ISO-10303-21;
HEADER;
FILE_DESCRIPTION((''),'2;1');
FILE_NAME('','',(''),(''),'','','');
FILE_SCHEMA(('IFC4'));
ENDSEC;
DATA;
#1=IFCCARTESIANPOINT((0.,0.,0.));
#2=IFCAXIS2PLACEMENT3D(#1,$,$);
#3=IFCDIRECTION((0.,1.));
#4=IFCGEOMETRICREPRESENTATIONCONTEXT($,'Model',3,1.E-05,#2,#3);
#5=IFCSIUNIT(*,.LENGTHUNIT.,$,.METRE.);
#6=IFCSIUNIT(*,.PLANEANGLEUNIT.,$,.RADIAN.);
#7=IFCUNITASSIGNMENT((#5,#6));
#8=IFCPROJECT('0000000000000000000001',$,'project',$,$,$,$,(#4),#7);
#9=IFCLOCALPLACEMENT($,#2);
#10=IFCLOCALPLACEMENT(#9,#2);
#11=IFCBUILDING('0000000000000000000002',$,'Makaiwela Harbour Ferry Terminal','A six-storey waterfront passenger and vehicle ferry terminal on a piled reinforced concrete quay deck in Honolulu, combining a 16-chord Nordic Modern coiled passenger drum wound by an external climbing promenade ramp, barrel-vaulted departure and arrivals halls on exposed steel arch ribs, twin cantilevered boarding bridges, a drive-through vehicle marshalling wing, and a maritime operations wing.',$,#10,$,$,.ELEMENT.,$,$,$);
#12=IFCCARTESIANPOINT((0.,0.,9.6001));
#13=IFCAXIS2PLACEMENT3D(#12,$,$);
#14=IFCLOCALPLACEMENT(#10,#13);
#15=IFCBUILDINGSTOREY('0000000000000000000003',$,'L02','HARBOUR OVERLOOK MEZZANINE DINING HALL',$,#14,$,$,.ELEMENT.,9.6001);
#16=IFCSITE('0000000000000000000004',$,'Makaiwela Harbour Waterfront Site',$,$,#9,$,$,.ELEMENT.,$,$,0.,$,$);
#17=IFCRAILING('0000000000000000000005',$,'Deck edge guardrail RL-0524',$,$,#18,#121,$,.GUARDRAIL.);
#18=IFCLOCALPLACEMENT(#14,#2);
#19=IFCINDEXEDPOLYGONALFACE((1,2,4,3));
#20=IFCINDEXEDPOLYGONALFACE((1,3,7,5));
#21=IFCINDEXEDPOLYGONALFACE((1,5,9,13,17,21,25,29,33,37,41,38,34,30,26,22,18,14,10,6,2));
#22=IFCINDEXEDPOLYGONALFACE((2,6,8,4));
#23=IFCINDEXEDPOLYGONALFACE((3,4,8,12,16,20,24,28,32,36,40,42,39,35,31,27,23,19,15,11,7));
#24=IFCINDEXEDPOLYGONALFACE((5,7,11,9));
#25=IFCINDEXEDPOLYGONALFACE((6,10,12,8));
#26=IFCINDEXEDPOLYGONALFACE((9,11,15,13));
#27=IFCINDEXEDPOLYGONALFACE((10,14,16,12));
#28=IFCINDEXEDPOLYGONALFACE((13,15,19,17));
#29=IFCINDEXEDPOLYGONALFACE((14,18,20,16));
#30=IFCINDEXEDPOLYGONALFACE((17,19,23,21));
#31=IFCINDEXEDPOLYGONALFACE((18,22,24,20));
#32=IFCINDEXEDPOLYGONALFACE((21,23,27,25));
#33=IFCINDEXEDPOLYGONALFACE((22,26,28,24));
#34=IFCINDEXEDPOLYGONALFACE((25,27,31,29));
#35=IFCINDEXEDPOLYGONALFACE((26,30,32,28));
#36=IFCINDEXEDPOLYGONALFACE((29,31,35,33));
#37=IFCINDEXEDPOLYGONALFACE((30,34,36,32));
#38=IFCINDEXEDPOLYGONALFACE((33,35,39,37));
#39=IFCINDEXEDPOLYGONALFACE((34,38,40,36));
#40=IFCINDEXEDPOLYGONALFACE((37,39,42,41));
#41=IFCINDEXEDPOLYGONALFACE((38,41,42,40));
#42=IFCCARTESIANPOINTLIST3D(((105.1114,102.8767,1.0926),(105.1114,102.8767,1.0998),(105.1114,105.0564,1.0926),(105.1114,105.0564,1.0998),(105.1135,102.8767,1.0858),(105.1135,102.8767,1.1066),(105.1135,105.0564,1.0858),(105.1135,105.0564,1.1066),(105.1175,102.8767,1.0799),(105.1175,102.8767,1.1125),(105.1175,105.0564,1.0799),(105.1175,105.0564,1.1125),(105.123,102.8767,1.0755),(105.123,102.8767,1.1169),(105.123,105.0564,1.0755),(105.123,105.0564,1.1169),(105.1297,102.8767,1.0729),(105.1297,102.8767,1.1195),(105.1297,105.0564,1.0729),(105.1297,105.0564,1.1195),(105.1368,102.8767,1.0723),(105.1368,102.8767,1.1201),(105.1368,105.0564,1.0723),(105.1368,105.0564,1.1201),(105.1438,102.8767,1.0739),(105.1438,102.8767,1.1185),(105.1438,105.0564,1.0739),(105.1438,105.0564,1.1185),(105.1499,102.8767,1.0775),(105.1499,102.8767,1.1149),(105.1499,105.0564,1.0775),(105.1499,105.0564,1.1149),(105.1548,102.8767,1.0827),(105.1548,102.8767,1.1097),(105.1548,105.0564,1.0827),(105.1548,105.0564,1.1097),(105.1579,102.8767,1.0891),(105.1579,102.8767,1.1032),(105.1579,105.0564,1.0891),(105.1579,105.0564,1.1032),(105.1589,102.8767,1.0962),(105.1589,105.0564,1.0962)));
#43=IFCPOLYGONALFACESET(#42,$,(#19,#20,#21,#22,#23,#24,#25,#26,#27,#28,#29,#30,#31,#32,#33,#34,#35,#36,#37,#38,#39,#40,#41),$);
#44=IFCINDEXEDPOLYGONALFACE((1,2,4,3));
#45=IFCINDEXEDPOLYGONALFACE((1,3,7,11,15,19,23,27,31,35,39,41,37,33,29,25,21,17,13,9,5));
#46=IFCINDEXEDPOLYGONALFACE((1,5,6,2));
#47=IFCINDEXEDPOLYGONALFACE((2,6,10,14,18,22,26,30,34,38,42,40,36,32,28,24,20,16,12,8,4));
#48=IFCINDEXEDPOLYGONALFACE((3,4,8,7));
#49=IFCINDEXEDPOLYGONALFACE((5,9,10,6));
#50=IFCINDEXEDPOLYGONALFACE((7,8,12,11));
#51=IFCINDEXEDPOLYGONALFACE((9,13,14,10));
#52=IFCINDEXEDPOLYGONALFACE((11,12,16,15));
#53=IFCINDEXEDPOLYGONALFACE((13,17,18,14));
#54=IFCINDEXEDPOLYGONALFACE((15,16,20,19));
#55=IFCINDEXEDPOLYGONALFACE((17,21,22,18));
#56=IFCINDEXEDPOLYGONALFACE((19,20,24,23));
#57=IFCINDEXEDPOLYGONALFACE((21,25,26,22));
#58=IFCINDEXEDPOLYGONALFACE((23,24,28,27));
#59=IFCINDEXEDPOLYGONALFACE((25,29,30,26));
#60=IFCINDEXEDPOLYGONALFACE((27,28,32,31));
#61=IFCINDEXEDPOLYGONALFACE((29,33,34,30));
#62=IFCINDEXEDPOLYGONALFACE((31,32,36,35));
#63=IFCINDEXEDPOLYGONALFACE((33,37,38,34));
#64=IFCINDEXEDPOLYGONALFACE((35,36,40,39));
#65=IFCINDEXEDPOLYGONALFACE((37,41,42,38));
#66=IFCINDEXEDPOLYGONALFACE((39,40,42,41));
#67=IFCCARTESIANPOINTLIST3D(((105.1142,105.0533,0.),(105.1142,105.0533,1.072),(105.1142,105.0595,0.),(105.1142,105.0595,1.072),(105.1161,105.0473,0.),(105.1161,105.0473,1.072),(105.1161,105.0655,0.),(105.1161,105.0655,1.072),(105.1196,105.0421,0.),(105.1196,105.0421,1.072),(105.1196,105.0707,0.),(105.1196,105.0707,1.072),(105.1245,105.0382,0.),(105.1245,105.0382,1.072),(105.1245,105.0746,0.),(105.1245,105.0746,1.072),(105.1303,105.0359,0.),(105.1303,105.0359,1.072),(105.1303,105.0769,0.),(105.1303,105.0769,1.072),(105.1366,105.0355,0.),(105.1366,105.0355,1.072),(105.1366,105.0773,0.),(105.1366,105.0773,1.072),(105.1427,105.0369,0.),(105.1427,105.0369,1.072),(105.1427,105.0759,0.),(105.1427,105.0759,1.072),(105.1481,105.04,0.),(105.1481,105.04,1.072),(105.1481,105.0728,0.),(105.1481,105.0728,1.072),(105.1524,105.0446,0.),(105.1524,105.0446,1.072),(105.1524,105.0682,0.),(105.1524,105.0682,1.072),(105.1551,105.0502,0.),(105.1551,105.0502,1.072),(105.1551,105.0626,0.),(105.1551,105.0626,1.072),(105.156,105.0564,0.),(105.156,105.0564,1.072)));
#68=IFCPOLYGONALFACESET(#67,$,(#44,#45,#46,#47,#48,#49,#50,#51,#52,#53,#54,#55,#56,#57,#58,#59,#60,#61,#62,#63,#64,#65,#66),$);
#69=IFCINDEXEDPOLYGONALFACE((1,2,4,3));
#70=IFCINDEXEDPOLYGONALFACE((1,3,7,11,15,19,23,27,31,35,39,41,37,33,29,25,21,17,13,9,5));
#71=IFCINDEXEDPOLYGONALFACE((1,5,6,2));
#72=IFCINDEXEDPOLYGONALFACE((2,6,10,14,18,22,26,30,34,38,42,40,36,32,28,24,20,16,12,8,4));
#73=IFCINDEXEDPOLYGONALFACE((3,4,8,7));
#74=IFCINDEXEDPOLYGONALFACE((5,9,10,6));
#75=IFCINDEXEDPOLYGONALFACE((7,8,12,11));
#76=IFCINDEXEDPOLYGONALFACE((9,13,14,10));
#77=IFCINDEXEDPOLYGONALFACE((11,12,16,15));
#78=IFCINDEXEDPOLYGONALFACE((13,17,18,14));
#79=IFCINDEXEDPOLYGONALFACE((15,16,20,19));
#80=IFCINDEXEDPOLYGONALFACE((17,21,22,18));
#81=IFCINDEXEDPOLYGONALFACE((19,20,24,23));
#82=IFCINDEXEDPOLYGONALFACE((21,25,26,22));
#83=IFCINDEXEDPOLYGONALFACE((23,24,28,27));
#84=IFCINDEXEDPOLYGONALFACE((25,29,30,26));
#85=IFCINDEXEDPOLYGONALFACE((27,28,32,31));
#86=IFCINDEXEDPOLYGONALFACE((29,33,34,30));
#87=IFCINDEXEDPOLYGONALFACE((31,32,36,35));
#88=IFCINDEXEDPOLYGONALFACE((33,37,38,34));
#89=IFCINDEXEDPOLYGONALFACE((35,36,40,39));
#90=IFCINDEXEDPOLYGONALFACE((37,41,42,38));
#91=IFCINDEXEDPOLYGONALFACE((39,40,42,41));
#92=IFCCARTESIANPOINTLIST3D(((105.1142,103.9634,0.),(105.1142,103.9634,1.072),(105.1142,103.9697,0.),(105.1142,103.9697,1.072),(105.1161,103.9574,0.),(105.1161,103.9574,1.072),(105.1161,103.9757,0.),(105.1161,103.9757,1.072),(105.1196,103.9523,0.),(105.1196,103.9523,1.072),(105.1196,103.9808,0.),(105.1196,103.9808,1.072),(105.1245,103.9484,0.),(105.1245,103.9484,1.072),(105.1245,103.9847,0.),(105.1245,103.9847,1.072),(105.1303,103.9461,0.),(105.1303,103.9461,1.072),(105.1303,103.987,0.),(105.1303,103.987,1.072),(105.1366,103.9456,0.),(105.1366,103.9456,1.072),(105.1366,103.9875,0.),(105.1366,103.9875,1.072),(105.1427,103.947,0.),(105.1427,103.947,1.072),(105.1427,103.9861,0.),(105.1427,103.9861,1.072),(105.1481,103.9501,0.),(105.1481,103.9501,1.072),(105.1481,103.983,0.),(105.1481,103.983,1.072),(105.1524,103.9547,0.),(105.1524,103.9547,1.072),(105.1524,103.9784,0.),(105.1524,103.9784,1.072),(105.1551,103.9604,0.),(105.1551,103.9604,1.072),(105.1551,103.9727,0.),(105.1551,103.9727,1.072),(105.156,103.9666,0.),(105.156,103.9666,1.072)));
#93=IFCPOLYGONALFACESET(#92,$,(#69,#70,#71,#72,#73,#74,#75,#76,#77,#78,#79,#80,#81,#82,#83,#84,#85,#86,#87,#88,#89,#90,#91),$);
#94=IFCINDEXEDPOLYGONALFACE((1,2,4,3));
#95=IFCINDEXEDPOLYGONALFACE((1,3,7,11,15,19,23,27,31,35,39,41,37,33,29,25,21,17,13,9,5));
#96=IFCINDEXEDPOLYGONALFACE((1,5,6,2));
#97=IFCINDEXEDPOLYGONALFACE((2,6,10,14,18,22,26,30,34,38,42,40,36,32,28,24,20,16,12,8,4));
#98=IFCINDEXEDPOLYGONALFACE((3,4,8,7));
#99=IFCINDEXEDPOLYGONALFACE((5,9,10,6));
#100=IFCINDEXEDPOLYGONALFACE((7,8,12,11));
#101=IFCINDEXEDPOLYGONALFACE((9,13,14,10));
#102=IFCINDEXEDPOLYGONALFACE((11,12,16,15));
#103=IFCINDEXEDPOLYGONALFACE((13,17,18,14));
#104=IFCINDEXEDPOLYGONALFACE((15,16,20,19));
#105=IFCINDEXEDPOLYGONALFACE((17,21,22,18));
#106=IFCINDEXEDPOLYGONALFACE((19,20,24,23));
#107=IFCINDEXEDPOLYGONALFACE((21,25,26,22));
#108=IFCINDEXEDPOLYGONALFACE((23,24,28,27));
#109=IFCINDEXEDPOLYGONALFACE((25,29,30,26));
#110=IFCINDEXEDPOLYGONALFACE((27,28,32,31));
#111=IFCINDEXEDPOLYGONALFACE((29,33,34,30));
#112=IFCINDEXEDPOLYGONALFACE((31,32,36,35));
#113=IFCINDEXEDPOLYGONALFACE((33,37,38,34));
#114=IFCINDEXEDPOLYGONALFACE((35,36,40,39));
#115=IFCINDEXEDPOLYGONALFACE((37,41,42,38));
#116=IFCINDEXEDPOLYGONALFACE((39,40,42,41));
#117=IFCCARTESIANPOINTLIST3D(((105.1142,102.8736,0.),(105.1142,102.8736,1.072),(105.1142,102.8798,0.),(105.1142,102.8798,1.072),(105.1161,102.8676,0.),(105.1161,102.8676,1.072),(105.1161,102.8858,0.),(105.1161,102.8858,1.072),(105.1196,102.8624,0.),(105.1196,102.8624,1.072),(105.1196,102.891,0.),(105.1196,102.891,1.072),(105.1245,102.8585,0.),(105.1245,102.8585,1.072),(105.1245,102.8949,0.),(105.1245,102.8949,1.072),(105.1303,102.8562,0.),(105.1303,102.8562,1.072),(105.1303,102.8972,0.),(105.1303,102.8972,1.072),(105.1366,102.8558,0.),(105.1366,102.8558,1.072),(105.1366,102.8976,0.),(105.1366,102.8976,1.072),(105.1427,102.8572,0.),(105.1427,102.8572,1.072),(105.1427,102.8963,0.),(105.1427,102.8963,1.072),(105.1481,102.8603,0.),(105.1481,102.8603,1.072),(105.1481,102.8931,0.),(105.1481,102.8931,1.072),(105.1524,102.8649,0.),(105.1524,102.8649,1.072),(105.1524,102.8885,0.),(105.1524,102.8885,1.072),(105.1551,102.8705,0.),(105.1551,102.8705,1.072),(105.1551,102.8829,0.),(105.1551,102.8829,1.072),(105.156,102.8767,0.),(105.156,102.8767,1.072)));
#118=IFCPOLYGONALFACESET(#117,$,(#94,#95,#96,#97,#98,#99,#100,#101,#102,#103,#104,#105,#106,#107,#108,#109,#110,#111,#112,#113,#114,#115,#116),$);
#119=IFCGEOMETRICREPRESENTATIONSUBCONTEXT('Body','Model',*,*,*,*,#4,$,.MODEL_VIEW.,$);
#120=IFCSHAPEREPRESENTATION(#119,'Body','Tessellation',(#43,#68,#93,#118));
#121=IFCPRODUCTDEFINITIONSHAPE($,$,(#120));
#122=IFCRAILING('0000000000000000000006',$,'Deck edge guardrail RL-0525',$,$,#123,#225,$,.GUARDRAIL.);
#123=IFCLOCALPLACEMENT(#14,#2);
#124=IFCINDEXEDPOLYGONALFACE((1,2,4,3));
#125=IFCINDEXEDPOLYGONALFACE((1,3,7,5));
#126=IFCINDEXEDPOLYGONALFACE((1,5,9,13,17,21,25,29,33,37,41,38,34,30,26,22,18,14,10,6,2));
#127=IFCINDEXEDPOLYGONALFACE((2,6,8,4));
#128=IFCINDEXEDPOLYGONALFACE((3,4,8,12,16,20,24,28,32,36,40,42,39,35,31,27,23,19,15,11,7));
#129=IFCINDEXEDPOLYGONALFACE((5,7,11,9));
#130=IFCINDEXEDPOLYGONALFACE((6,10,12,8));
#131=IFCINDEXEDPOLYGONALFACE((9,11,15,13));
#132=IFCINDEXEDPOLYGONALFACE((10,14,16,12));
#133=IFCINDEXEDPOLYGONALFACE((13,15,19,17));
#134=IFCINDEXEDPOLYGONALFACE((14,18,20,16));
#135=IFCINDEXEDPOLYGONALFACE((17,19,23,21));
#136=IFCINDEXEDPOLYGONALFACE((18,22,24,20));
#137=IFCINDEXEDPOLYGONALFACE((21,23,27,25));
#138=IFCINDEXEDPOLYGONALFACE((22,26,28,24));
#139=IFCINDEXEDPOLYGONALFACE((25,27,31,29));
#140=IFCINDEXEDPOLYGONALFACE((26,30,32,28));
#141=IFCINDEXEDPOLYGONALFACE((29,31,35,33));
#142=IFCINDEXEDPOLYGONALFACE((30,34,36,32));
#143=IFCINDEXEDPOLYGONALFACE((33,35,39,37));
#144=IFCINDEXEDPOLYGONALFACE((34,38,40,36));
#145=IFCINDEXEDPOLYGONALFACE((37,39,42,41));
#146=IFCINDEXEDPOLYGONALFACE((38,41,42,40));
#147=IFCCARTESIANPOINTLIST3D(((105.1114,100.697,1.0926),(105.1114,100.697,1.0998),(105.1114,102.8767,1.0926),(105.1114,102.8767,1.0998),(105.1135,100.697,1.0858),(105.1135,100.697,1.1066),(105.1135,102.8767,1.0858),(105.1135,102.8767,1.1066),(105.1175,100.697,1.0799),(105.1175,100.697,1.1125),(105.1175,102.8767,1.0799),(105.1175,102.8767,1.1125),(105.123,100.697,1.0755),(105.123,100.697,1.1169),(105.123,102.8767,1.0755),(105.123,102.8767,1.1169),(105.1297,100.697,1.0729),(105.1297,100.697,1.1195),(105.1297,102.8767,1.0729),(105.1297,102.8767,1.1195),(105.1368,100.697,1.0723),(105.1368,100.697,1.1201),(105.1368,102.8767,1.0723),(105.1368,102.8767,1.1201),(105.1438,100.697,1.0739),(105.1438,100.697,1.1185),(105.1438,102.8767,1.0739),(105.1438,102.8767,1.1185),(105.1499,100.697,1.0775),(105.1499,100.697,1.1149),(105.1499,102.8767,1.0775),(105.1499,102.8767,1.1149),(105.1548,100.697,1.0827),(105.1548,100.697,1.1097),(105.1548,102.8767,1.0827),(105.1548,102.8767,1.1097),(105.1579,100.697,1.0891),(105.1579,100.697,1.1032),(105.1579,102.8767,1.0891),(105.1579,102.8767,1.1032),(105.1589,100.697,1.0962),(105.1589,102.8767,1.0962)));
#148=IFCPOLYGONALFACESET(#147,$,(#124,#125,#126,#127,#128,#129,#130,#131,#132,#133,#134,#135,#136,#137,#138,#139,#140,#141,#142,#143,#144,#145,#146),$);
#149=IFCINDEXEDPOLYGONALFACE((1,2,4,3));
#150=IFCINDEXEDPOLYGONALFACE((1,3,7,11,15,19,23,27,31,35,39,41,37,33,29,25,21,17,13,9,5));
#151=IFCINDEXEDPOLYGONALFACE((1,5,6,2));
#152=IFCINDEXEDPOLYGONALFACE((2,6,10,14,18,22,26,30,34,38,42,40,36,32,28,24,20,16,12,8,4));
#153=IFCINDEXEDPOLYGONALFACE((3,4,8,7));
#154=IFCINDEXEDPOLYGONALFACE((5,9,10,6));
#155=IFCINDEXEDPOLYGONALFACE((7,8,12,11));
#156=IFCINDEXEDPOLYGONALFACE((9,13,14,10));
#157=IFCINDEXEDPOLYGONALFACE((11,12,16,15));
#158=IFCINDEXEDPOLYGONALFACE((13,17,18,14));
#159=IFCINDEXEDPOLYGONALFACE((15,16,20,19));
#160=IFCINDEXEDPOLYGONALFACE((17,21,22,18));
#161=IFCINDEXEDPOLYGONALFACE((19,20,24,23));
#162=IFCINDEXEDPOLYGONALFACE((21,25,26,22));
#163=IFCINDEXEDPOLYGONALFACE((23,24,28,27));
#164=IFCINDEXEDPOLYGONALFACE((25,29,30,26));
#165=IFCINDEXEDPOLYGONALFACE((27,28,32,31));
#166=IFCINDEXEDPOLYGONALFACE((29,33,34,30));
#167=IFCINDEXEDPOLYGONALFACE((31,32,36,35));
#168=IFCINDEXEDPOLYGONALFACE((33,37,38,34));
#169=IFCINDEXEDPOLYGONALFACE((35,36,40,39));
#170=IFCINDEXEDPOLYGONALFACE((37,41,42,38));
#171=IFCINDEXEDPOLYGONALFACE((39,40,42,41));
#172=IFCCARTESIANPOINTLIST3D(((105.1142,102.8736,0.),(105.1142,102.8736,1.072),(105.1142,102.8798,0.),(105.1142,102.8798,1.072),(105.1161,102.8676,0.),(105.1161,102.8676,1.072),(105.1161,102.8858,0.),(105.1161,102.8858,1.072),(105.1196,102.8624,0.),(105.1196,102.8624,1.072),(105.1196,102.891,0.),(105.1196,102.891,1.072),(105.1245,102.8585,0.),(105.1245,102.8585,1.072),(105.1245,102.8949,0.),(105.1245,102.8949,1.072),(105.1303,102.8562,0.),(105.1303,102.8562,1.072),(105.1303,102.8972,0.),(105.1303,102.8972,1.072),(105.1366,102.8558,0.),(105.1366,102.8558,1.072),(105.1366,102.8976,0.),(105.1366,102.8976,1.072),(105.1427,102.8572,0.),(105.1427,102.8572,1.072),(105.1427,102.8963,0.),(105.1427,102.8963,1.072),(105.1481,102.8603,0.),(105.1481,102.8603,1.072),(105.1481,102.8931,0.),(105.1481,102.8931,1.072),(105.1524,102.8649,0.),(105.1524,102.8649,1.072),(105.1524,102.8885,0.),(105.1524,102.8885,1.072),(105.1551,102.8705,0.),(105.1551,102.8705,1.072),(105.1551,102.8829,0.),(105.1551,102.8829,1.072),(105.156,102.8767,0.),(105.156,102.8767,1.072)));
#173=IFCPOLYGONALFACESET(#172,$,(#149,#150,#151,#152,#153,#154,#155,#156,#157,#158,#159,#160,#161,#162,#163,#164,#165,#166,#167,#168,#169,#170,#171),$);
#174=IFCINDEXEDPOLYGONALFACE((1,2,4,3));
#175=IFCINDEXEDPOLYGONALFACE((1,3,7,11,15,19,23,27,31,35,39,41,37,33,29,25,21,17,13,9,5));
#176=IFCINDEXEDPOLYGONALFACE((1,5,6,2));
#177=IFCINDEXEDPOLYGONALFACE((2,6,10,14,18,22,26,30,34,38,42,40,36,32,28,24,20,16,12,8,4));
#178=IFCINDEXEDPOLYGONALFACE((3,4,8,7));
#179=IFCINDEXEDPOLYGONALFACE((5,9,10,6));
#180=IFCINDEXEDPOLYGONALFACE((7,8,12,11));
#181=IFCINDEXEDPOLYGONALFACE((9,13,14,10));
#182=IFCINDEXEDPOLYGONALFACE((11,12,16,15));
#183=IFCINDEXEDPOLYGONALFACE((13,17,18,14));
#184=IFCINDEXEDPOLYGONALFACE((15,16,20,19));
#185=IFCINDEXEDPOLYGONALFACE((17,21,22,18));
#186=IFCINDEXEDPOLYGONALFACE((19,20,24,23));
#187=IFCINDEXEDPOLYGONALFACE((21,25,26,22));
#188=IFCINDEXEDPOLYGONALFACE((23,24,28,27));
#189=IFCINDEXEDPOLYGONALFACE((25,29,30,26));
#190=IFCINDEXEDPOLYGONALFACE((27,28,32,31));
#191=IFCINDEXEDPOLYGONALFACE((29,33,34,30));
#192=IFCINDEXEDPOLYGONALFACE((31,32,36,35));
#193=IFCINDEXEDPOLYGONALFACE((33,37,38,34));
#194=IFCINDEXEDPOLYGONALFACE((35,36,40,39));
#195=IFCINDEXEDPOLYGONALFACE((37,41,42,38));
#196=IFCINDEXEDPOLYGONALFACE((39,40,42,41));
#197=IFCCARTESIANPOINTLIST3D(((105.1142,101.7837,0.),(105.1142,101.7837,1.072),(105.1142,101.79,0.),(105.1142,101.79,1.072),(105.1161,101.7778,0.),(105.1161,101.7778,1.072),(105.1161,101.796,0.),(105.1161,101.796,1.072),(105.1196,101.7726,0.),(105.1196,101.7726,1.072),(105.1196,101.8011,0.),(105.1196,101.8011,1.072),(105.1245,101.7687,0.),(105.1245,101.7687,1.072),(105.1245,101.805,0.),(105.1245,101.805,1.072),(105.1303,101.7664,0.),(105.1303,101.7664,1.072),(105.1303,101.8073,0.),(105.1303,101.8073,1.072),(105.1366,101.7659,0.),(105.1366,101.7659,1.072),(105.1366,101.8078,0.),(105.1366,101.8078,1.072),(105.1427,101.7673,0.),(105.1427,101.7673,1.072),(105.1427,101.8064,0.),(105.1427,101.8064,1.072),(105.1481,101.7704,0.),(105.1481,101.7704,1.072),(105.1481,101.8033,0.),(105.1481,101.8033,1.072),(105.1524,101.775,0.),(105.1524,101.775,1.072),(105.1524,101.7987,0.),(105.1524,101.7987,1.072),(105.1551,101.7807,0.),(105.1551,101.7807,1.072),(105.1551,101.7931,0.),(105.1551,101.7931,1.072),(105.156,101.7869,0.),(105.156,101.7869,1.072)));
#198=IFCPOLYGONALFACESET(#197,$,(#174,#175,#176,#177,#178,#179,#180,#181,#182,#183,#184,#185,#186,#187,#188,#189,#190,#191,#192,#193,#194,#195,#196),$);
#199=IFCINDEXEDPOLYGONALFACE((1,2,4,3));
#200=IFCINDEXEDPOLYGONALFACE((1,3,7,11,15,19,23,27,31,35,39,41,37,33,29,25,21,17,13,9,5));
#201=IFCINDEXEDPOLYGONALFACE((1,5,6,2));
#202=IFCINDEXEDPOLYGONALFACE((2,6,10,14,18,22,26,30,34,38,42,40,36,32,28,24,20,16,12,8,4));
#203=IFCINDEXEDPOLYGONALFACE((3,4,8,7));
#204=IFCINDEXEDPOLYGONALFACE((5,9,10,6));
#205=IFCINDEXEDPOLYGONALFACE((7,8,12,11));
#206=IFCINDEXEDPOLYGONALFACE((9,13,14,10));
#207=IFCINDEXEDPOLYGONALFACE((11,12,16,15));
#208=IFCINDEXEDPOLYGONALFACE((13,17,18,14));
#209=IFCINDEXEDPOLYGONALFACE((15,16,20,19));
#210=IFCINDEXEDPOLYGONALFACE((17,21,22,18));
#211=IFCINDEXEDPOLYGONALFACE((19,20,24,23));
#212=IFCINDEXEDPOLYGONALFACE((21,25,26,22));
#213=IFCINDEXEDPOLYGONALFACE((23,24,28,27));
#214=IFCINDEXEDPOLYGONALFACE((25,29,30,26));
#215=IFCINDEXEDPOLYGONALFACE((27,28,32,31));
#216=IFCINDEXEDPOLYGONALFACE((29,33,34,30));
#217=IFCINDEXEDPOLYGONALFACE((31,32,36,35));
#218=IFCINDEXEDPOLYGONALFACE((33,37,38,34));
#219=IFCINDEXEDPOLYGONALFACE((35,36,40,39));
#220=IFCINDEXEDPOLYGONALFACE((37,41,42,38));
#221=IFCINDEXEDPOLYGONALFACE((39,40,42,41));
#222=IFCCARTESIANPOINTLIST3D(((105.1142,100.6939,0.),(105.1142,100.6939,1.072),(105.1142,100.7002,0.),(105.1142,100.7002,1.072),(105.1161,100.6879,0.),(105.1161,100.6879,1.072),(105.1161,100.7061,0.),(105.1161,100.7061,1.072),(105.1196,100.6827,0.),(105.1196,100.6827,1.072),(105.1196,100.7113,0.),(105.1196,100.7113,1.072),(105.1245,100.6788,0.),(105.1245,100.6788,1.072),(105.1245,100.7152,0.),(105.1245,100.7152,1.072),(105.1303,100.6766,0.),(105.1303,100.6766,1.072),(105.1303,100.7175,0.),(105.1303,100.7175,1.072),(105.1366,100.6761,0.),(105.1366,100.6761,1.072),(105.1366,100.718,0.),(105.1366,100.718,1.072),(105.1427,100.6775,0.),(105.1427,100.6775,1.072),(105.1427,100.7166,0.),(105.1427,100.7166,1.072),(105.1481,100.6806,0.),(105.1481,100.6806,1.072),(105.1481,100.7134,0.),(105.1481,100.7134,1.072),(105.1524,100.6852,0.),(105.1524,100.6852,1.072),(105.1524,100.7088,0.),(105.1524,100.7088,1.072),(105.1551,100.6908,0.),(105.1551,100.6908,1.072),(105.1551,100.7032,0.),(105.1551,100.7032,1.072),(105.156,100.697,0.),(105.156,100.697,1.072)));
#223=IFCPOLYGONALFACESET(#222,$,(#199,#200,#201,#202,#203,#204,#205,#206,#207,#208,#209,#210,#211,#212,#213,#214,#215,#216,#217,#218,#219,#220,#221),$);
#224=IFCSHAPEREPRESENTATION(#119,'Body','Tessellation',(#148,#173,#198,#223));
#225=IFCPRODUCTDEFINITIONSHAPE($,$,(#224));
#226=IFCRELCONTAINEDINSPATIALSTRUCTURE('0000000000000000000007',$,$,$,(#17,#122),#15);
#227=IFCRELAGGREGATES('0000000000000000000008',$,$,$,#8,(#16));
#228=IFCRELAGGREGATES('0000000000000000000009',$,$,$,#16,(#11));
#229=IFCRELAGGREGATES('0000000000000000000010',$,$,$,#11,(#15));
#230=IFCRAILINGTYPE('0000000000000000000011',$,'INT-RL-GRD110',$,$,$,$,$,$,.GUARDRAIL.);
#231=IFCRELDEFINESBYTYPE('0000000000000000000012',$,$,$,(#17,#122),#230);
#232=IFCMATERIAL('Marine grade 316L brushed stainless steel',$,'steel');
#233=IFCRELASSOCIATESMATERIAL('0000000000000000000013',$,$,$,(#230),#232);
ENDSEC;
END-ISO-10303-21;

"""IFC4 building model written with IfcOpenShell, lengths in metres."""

from ifc_helpers import new_model, si_unit, direction, frame, origin, origin_2d, place, context, subcontext, project, spatial, circle, extrude, material, type_object, element, save


model = new_model("IFC4")

# Units and contexts
model_context = context("Model", 3, precision=1e-05, world=origin(), true_north=direction((0.0, 1.0)))
body_context = subcontext(model_context, "Body", "Model", "MODEL_VIEW")
ifc_project = project(units=[si_unit("LENGTHUNIT", "METRE"), si_unit("PLANEANGLEUNIT", "RADIAN")], contexts=[model_context])

# Site, building, storey
site_placement = place(None, origin())
site = spatial("IfcSite", under=ifc_project, at=site_placement, Name="Makaiwela Harbour Waterfront Site", CompositionType="ELEMENT", RefElevation=0.0)
building_placement = place(site_placement, origin())
building = spatial("IfcBuilding", under=site, at=building_placement, Name="Makaiwela Harbour Ferry Terminal", Description="A six-storey waterfront passenger and vehicle ferry terminal on a piled reinforced concrete quay deck in Honolulu, combining a 16-chord Nordic Modern coiled passenger drum wound by an external climbing promenade ramp, barrel-vaulted departure and arrivals halls on exposed steel arch ribs, twin cantilevered boarding bridges, a drive-through vehicle marshalling wing, and a maritime operations wing.", CompositionType="ELEMENT")
storey_placement = place(building_placement, frame((0.0, 0.0, 9.6001)))
storey = spatial("IfcBuildingStorey", under=building, at=storey_placement, Name="L02", Description="HARBOUR OVERLOOK MEZZANINE DINING HALL", CompositionType="ELEMENT", Elevation=9.6001)

# Railings
ifc_material_1 = material(Name="Marine grade 316L brushed stainless steel", Category="steel")
railing_type = type_object("IfcRailingType", Name="INT-RL-GRD110", PredefinedType="GUARDRAIL", material=ifc_material_1)
for number, where, name in (
    (1, (105.135, 105.0564, 0.0), "Deck edge guardrail RL-0524"),
    (2, (105.135, 102.8767, 0.0), "Deck edge guardrail RL-0525"),
):
    element("IfcRailing", number, at=place(storey_placement, frame(where)), inside=storey, type_object=railing_type, Name=name, PredefinedType="GUARDRAIL", context=body_context, shape_type="SweptSolid", body=[
        extrude(circle(Radius=0.0239, at=origin_2d()), frame((0.0, 0.0, 1.0962), z_axis=(0.0, -1.0, 0.0), x_axis=(1.0, 0.0, 0.0)), (0.0, 0.0, 1.0), 2.1797),
        extrude(circle(Radius=0.021, at=origin_2d()), origin(), (0.0, 0.0, 1.0), 1.072),
        extrude(circle(Radius=0.021, at=origin_2d()), frame((0.0, -1.0898, 0.0)), (0.0, 0.0, 1.0), 1.072),
        extrude(circle(Radius=0.021, at=origin_2d()), frame((0.0, -2.1797, 0.0)), (0.0, 0.0, 1.0), 1.072),
    ])

save(model, "model.ifc")
